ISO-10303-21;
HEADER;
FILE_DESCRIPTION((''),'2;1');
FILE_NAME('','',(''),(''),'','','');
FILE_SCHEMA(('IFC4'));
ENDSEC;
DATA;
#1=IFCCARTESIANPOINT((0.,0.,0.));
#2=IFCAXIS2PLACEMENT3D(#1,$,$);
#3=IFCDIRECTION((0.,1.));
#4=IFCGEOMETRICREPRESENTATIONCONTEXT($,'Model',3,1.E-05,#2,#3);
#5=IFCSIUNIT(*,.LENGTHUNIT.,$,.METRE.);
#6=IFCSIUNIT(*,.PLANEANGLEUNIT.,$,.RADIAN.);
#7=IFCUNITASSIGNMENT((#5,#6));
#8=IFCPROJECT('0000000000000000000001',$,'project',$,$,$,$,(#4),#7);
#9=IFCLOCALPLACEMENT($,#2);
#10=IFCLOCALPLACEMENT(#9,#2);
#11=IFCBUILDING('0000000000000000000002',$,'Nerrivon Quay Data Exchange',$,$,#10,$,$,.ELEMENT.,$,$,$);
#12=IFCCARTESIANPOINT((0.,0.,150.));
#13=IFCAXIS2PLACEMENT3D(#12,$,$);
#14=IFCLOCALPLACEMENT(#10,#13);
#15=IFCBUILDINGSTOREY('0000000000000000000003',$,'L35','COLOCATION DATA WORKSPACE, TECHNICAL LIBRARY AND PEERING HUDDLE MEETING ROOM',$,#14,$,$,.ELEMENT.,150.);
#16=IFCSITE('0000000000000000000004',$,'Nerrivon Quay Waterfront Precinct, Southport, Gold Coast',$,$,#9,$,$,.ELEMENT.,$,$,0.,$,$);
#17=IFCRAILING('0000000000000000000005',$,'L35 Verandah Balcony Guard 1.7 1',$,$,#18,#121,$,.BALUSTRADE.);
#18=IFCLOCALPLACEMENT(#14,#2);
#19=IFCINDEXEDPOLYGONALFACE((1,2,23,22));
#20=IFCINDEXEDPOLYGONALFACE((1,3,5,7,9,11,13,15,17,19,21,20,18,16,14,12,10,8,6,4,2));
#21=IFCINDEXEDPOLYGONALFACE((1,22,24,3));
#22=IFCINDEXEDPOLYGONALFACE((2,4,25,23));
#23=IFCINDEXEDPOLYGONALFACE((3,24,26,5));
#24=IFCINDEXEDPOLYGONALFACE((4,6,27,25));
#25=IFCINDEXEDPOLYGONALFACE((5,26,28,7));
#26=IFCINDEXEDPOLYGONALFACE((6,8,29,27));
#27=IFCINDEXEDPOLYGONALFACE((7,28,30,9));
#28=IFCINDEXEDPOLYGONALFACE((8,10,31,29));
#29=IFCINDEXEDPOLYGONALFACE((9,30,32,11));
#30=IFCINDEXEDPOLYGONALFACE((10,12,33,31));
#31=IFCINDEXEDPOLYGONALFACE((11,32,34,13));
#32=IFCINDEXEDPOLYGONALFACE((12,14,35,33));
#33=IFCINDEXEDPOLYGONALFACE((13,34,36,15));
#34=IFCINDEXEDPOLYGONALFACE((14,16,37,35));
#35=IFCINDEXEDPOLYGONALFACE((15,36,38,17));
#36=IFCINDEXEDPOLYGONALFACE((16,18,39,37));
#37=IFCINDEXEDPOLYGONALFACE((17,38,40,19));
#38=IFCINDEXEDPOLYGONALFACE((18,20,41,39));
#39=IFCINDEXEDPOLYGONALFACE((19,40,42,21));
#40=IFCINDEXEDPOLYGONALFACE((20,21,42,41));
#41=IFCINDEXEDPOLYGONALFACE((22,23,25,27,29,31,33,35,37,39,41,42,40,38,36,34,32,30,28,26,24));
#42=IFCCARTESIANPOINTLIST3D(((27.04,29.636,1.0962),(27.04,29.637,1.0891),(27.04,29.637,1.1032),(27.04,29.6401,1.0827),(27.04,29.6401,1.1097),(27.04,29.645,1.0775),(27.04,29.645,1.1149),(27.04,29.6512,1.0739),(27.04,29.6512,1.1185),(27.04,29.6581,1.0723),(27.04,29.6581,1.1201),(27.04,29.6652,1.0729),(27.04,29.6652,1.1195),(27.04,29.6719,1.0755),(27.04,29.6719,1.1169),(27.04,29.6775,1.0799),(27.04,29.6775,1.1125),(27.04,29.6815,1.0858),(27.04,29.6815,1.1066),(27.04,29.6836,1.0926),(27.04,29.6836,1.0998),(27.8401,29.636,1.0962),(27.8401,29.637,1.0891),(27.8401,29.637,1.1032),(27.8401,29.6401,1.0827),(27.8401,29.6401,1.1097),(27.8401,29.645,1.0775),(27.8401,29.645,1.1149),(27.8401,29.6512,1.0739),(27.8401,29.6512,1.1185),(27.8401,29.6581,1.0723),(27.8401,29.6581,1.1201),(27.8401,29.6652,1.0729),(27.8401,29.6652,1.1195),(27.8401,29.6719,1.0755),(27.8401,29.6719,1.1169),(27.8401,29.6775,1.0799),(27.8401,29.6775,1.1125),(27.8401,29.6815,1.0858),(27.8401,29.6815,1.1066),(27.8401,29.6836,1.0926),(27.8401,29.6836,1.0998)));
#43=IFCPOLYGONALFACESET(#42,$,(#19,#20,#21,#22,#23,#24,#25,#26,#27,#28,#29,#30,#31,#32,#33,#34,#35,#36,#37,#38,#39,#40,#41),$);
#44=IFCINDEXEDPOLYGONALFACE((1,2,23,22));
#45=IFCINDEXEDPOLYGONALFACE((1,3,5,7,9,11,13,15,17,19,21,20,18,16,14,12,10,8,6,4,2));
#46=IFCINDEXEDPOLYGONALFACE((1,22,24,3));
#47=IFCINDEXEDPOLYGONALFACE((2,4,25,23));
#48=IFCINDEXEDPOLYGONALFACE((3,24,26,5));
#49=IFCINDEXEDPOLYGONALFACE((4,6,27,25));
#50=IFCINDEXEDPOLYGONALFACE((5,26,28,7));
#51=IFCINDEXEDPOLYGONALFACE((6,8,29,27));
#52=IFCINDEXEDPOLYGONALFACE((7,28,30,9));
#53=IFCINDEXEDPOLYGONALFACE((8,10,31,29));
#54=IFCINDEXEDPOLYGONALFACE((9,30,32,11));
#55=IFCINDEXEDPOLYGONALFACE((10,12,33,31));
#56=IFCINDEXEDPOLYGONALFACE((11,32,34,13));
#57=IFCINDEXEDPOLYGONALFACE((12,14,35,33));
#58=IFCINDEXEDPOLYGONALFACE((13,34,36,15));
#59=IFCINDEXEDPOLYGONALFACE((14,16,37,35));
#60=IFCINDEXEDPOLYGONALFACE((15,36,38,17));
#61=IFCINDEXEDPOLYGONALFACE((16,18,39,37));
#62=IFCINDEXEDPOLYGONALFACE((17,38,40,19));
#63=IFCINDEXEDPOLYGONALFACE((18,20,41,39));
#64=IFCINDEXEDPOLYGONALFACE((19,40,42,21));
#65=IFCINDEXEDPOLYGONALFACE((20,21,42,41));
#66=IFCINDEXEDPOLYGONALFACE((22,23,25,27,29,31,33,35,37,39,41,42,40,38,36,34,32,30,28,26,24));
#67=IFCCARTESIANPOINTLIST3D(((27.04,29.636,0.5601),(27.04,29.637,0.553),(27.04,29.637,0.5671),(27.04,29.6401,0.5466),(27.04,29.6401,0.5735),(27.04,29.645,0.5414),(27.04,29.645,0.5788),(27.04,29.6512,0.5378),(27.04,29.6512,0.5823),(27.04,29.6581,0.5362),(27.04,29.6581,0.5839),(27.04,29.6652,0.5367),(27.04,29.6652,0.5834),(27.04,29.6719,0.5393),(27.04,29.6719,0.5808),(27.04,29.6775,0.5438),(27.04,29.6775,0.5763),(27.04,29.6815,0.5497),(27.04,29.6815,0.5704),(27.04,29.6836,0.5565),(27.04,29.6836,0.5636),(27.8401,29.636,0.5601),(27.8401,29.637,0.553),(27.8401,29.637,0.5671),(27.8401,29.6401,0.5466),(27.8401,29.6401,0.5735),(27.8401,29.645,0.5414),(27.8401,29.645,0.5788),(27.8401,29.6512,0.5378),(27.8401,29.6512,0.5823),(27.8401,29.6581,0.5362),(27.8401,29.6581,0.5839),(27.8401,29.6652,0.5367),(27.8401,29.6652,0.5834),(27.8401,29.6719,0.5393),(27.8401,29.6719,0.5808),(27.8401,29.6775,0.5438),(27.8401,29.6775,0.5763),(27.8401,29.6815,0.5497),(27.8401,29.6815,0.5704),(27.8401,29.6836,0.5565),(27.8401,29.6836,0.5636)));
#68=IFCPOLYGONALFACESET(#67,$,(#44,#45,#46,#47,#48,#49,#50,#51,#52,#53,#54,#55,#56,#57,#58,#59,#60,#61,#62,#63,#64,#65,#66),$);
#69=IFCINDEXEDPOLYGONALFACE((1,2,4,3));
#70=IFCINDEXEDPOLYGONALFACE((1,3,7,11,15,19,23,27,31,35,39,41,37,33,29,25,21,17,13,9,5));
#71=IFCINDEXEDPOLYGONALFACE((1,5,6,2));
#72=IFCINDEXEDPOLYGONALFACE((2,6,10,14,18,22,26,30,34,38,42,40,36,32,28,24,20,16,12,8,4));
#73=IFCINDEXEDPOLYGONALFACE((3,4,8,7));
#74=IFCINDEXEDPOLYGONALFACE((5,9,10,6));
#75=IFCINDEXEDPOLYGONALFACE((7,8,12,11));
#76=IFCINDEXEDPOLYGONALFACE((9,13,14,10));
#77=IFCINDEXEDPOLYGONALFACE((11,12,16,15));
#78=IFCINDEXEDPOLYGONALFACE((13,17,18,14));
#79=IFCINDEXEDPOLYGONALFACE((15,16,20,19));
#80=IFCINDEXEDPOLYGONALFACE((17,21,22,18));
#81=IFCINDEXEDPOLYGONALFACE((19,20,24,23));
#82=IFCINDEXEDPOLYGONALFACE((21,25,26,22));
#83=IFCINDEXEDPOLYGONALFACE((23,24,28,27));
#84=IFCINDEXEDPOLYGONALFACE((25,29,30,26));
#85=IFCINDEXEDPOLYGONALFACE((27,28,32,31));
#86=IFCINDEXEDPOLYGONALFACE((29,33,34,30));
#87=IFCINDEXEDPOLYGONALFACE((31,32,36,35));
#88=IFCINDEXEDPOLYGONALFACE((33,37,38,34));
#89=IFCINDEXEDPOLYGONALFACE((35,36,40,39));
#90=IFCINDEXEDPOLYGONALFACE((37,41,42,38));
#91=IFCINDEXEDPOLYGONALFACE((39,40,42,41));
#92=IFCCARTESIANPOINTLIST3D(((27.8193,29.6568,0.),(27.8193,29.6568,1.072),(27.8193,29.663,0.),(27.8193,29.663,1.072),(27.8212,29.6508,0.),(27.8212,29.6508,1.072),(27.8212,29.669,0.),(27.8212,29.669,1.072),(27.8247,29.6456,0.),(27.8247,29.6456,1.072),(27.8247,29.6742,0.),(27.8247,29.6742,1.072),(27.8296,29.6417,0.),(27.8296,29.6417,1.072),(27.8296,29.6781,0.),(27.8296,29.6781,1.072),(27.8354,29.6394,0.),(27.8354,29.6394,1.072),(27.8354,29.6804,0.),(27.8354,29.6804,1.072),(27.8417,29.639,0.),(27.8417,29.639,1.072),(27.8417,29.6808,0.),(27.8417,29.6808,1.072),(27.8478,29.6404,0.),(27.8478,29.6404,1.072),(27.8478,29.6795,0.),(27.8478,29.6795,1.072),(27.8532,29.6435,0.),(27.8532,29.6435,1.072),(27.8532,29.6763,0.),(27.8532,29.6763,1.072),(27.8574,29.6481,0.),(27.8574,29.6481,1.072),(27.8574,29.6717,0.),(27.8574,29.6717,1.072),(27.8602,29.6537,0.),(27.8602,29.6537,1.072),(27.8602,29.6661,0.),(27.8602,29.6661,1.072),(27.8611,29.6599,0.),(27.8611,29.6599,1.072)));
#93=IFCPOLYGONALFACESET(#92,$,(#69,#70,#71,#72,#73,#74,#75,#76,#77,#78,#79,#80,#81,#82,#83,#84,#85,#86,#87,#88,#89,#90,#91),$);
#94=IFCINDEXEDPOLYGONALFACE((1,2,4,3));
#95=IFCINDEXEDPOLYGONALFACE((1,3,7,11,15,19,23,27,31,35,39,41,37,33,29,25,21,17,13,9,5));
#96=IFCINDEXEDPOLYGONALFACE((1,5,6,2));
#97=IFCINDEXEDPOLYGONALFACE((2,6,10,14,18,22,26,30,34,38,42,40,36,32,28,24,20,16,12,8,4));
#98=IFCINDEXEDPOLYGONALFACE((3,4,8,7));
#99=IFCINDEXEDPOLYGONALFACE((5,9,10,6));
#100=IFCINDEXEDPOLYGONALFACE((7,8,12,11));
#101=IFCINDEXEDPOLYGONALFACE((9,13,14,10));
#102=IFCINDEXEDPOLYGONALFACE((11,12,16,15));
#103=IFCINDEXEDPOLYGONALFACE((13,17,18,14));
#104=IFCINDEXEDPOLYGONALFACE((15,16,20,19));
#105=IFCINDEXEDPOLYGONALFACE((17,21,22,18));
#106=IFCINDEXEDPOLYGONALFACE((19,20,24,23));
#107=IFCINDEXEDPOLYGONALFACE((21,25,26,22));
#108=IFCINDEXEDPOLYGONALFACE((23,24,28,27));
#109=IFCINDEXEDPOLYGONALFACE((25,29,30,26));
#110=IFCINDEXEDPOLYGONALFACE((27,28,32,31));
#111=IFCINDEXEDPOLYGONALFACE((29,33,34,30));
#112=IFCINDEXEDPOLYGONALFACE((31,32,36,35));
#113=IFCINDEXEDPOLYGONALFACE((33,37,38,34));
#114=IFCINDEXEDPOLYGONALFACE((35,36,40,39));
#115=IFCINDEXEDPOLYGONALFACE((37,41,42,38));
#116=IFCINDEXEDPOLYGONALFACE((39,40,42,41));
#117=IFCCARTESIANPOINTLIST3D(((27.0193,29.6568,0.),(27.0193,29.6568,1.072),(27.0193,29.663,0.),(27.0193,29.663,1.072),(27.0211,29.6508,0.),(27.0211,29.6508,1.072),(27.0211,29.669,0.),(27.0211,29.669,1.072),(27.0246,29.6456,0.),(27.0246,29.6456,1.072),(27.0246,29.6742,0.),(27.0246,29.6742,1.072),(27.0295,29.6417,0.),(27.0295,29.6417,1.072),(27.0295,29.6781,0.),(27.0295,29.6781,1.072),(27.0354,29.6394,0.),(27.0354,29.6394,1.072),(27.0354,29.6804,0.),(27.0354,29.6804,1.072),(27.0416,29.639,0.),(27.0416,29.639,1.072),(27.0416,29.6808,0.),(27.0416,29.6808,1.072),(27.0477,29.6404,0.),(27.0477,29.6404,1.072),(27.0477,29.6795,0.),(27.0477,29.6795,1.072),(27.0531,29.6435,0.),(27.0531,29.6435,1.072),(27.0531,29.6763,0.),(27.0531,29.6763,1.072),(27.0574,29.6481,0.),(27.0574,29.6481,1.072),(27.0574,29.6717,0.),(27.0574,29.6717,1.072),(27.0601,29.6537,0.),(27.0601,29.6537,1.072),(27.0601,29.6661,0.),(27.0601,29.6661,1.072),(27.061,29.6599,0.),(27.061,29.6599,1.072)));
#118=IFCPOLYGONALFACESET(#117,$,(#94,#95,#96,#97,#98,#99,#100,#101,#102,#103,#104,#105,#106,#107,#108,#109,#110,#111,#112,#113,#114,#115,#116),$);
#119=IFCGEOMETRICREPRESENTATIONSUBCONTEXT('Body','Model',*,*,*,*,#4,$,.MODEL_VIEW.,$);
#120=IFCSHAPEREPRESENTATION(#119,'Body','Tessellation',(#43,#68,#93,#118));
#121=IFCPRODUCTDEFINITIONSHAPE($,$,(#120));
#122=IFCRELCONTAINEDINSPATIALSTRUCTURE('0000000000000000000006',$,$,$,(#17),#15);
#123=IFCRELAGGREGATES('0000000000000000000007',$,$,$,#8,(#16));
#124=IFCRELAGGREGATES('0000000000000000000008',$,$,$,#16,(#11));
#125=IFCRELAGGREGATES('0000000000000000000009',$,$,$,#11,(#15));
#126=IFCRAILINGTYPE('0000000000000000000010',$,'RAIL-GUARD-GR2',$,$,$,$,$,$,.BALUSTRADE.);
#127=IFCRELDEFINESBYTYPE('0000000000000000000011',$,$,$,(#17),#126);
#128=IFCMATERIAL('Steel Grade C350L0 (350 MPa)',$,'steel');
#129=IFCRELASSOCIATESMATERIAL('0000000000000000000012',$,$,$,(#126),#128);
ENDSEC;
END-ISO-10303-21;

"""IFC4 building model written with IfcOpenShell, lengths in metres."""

from ifc_helpers import new_model, si_unit, direction, frame, origin, origin_2d, place, context, subcontext, project, spatial, circle, extrude, material, type_object, element, save


model = new_model("IFC4")

# Units and contexts
model_context = context("Model", 3, precision=1e-05, world=origin(), true_north=direction((0.0, 1.0)))
body_context = subcontext(model_context, "Body", "Model", "MODEL_VIEW")
ifc_project = project(units=[si_unit("LENGTHUNIT", "METRE"), si_unit("PLANEANGLEUNIT", "RADIAN")], contexts=[model_context])

# Site, building, storey
site_placement = place(None, origin())
site = spatial("IfcSite", under=ifc_project, at=site_placement, Name="Nerrivon Quay Waterfront Precinct, Southport, Gold Coast", CompositionType="ELEMENT", RefElevation=0.0)
building_placement = place(site_placement, origin())
building = spatial("IfcBuilding", under=site, at=building_placement, Name="Nerrivon Quay Data Exchange", CompositionType="ELEMENT")
storey_placement = place(building_placement, frame((0.0, 0.0, 150.0)))
storey = spatial("IfcBuildingStorey", under=building, at=storey_placement, Name="L35", Description="COLOCATION DATA WORKSPACE, TECHNICAL LIBRARY AND PEERING HUDDLE MEETING ROOM", CompositionType="ELEMENT", Elevation=150.0)

# Railing
ifc_material_1 = material(Name="Steel Grade C350L0 (350 MPa)", Category="steel")
railing_type = type_object("IfcRailingType", Name="RAIL-GUARD-GR2", PredefinedType="BALUSTRADE", material=ifc_material_1)
railing_1_placement = place(storey_placement, frame((27.8401, 29.6599, 0.0)))
element("IfcRailing", 1, at=railing_1_placement, inside=storey, type_object=railing_type, Name="L35 Verandah Balcony Guard 1.7 1", PredefinedType="BALUSTRADE", context=body_context, shape_type="SweptSolid", body=[
    extrude(circle(Radius=0.0239, at=origin_2d()), frame((0.0, 0.0, 1.0962), z_axis=(-1.0, 0.0, 0.0), x_axis=(0.0, -1.0, 0.0)), (0.0, 0.0, 1.0), 0.8),
    extrude(circle(Radius=0.0239, at=origin_2d()), frame((0.0, 0.0, 0.5601), z_axis=(-1.0, 0.0, 0.0), x_axis=(0.0, -1.0, 0.0)), (0.0, 0.0, 1.0), 0.8),
    extrude(circle(Radius=0.021, at=origin_2d()), origin(), (0.0, 0.0, 1.0), 1.072),
    extrude(circle(Radius=0.021, at=origin_2d()), frame((-0.8, 0.0, 0.0)), (0.0, 0.0, 1.0), 1.072),
])

save(model, "model.ifc")
